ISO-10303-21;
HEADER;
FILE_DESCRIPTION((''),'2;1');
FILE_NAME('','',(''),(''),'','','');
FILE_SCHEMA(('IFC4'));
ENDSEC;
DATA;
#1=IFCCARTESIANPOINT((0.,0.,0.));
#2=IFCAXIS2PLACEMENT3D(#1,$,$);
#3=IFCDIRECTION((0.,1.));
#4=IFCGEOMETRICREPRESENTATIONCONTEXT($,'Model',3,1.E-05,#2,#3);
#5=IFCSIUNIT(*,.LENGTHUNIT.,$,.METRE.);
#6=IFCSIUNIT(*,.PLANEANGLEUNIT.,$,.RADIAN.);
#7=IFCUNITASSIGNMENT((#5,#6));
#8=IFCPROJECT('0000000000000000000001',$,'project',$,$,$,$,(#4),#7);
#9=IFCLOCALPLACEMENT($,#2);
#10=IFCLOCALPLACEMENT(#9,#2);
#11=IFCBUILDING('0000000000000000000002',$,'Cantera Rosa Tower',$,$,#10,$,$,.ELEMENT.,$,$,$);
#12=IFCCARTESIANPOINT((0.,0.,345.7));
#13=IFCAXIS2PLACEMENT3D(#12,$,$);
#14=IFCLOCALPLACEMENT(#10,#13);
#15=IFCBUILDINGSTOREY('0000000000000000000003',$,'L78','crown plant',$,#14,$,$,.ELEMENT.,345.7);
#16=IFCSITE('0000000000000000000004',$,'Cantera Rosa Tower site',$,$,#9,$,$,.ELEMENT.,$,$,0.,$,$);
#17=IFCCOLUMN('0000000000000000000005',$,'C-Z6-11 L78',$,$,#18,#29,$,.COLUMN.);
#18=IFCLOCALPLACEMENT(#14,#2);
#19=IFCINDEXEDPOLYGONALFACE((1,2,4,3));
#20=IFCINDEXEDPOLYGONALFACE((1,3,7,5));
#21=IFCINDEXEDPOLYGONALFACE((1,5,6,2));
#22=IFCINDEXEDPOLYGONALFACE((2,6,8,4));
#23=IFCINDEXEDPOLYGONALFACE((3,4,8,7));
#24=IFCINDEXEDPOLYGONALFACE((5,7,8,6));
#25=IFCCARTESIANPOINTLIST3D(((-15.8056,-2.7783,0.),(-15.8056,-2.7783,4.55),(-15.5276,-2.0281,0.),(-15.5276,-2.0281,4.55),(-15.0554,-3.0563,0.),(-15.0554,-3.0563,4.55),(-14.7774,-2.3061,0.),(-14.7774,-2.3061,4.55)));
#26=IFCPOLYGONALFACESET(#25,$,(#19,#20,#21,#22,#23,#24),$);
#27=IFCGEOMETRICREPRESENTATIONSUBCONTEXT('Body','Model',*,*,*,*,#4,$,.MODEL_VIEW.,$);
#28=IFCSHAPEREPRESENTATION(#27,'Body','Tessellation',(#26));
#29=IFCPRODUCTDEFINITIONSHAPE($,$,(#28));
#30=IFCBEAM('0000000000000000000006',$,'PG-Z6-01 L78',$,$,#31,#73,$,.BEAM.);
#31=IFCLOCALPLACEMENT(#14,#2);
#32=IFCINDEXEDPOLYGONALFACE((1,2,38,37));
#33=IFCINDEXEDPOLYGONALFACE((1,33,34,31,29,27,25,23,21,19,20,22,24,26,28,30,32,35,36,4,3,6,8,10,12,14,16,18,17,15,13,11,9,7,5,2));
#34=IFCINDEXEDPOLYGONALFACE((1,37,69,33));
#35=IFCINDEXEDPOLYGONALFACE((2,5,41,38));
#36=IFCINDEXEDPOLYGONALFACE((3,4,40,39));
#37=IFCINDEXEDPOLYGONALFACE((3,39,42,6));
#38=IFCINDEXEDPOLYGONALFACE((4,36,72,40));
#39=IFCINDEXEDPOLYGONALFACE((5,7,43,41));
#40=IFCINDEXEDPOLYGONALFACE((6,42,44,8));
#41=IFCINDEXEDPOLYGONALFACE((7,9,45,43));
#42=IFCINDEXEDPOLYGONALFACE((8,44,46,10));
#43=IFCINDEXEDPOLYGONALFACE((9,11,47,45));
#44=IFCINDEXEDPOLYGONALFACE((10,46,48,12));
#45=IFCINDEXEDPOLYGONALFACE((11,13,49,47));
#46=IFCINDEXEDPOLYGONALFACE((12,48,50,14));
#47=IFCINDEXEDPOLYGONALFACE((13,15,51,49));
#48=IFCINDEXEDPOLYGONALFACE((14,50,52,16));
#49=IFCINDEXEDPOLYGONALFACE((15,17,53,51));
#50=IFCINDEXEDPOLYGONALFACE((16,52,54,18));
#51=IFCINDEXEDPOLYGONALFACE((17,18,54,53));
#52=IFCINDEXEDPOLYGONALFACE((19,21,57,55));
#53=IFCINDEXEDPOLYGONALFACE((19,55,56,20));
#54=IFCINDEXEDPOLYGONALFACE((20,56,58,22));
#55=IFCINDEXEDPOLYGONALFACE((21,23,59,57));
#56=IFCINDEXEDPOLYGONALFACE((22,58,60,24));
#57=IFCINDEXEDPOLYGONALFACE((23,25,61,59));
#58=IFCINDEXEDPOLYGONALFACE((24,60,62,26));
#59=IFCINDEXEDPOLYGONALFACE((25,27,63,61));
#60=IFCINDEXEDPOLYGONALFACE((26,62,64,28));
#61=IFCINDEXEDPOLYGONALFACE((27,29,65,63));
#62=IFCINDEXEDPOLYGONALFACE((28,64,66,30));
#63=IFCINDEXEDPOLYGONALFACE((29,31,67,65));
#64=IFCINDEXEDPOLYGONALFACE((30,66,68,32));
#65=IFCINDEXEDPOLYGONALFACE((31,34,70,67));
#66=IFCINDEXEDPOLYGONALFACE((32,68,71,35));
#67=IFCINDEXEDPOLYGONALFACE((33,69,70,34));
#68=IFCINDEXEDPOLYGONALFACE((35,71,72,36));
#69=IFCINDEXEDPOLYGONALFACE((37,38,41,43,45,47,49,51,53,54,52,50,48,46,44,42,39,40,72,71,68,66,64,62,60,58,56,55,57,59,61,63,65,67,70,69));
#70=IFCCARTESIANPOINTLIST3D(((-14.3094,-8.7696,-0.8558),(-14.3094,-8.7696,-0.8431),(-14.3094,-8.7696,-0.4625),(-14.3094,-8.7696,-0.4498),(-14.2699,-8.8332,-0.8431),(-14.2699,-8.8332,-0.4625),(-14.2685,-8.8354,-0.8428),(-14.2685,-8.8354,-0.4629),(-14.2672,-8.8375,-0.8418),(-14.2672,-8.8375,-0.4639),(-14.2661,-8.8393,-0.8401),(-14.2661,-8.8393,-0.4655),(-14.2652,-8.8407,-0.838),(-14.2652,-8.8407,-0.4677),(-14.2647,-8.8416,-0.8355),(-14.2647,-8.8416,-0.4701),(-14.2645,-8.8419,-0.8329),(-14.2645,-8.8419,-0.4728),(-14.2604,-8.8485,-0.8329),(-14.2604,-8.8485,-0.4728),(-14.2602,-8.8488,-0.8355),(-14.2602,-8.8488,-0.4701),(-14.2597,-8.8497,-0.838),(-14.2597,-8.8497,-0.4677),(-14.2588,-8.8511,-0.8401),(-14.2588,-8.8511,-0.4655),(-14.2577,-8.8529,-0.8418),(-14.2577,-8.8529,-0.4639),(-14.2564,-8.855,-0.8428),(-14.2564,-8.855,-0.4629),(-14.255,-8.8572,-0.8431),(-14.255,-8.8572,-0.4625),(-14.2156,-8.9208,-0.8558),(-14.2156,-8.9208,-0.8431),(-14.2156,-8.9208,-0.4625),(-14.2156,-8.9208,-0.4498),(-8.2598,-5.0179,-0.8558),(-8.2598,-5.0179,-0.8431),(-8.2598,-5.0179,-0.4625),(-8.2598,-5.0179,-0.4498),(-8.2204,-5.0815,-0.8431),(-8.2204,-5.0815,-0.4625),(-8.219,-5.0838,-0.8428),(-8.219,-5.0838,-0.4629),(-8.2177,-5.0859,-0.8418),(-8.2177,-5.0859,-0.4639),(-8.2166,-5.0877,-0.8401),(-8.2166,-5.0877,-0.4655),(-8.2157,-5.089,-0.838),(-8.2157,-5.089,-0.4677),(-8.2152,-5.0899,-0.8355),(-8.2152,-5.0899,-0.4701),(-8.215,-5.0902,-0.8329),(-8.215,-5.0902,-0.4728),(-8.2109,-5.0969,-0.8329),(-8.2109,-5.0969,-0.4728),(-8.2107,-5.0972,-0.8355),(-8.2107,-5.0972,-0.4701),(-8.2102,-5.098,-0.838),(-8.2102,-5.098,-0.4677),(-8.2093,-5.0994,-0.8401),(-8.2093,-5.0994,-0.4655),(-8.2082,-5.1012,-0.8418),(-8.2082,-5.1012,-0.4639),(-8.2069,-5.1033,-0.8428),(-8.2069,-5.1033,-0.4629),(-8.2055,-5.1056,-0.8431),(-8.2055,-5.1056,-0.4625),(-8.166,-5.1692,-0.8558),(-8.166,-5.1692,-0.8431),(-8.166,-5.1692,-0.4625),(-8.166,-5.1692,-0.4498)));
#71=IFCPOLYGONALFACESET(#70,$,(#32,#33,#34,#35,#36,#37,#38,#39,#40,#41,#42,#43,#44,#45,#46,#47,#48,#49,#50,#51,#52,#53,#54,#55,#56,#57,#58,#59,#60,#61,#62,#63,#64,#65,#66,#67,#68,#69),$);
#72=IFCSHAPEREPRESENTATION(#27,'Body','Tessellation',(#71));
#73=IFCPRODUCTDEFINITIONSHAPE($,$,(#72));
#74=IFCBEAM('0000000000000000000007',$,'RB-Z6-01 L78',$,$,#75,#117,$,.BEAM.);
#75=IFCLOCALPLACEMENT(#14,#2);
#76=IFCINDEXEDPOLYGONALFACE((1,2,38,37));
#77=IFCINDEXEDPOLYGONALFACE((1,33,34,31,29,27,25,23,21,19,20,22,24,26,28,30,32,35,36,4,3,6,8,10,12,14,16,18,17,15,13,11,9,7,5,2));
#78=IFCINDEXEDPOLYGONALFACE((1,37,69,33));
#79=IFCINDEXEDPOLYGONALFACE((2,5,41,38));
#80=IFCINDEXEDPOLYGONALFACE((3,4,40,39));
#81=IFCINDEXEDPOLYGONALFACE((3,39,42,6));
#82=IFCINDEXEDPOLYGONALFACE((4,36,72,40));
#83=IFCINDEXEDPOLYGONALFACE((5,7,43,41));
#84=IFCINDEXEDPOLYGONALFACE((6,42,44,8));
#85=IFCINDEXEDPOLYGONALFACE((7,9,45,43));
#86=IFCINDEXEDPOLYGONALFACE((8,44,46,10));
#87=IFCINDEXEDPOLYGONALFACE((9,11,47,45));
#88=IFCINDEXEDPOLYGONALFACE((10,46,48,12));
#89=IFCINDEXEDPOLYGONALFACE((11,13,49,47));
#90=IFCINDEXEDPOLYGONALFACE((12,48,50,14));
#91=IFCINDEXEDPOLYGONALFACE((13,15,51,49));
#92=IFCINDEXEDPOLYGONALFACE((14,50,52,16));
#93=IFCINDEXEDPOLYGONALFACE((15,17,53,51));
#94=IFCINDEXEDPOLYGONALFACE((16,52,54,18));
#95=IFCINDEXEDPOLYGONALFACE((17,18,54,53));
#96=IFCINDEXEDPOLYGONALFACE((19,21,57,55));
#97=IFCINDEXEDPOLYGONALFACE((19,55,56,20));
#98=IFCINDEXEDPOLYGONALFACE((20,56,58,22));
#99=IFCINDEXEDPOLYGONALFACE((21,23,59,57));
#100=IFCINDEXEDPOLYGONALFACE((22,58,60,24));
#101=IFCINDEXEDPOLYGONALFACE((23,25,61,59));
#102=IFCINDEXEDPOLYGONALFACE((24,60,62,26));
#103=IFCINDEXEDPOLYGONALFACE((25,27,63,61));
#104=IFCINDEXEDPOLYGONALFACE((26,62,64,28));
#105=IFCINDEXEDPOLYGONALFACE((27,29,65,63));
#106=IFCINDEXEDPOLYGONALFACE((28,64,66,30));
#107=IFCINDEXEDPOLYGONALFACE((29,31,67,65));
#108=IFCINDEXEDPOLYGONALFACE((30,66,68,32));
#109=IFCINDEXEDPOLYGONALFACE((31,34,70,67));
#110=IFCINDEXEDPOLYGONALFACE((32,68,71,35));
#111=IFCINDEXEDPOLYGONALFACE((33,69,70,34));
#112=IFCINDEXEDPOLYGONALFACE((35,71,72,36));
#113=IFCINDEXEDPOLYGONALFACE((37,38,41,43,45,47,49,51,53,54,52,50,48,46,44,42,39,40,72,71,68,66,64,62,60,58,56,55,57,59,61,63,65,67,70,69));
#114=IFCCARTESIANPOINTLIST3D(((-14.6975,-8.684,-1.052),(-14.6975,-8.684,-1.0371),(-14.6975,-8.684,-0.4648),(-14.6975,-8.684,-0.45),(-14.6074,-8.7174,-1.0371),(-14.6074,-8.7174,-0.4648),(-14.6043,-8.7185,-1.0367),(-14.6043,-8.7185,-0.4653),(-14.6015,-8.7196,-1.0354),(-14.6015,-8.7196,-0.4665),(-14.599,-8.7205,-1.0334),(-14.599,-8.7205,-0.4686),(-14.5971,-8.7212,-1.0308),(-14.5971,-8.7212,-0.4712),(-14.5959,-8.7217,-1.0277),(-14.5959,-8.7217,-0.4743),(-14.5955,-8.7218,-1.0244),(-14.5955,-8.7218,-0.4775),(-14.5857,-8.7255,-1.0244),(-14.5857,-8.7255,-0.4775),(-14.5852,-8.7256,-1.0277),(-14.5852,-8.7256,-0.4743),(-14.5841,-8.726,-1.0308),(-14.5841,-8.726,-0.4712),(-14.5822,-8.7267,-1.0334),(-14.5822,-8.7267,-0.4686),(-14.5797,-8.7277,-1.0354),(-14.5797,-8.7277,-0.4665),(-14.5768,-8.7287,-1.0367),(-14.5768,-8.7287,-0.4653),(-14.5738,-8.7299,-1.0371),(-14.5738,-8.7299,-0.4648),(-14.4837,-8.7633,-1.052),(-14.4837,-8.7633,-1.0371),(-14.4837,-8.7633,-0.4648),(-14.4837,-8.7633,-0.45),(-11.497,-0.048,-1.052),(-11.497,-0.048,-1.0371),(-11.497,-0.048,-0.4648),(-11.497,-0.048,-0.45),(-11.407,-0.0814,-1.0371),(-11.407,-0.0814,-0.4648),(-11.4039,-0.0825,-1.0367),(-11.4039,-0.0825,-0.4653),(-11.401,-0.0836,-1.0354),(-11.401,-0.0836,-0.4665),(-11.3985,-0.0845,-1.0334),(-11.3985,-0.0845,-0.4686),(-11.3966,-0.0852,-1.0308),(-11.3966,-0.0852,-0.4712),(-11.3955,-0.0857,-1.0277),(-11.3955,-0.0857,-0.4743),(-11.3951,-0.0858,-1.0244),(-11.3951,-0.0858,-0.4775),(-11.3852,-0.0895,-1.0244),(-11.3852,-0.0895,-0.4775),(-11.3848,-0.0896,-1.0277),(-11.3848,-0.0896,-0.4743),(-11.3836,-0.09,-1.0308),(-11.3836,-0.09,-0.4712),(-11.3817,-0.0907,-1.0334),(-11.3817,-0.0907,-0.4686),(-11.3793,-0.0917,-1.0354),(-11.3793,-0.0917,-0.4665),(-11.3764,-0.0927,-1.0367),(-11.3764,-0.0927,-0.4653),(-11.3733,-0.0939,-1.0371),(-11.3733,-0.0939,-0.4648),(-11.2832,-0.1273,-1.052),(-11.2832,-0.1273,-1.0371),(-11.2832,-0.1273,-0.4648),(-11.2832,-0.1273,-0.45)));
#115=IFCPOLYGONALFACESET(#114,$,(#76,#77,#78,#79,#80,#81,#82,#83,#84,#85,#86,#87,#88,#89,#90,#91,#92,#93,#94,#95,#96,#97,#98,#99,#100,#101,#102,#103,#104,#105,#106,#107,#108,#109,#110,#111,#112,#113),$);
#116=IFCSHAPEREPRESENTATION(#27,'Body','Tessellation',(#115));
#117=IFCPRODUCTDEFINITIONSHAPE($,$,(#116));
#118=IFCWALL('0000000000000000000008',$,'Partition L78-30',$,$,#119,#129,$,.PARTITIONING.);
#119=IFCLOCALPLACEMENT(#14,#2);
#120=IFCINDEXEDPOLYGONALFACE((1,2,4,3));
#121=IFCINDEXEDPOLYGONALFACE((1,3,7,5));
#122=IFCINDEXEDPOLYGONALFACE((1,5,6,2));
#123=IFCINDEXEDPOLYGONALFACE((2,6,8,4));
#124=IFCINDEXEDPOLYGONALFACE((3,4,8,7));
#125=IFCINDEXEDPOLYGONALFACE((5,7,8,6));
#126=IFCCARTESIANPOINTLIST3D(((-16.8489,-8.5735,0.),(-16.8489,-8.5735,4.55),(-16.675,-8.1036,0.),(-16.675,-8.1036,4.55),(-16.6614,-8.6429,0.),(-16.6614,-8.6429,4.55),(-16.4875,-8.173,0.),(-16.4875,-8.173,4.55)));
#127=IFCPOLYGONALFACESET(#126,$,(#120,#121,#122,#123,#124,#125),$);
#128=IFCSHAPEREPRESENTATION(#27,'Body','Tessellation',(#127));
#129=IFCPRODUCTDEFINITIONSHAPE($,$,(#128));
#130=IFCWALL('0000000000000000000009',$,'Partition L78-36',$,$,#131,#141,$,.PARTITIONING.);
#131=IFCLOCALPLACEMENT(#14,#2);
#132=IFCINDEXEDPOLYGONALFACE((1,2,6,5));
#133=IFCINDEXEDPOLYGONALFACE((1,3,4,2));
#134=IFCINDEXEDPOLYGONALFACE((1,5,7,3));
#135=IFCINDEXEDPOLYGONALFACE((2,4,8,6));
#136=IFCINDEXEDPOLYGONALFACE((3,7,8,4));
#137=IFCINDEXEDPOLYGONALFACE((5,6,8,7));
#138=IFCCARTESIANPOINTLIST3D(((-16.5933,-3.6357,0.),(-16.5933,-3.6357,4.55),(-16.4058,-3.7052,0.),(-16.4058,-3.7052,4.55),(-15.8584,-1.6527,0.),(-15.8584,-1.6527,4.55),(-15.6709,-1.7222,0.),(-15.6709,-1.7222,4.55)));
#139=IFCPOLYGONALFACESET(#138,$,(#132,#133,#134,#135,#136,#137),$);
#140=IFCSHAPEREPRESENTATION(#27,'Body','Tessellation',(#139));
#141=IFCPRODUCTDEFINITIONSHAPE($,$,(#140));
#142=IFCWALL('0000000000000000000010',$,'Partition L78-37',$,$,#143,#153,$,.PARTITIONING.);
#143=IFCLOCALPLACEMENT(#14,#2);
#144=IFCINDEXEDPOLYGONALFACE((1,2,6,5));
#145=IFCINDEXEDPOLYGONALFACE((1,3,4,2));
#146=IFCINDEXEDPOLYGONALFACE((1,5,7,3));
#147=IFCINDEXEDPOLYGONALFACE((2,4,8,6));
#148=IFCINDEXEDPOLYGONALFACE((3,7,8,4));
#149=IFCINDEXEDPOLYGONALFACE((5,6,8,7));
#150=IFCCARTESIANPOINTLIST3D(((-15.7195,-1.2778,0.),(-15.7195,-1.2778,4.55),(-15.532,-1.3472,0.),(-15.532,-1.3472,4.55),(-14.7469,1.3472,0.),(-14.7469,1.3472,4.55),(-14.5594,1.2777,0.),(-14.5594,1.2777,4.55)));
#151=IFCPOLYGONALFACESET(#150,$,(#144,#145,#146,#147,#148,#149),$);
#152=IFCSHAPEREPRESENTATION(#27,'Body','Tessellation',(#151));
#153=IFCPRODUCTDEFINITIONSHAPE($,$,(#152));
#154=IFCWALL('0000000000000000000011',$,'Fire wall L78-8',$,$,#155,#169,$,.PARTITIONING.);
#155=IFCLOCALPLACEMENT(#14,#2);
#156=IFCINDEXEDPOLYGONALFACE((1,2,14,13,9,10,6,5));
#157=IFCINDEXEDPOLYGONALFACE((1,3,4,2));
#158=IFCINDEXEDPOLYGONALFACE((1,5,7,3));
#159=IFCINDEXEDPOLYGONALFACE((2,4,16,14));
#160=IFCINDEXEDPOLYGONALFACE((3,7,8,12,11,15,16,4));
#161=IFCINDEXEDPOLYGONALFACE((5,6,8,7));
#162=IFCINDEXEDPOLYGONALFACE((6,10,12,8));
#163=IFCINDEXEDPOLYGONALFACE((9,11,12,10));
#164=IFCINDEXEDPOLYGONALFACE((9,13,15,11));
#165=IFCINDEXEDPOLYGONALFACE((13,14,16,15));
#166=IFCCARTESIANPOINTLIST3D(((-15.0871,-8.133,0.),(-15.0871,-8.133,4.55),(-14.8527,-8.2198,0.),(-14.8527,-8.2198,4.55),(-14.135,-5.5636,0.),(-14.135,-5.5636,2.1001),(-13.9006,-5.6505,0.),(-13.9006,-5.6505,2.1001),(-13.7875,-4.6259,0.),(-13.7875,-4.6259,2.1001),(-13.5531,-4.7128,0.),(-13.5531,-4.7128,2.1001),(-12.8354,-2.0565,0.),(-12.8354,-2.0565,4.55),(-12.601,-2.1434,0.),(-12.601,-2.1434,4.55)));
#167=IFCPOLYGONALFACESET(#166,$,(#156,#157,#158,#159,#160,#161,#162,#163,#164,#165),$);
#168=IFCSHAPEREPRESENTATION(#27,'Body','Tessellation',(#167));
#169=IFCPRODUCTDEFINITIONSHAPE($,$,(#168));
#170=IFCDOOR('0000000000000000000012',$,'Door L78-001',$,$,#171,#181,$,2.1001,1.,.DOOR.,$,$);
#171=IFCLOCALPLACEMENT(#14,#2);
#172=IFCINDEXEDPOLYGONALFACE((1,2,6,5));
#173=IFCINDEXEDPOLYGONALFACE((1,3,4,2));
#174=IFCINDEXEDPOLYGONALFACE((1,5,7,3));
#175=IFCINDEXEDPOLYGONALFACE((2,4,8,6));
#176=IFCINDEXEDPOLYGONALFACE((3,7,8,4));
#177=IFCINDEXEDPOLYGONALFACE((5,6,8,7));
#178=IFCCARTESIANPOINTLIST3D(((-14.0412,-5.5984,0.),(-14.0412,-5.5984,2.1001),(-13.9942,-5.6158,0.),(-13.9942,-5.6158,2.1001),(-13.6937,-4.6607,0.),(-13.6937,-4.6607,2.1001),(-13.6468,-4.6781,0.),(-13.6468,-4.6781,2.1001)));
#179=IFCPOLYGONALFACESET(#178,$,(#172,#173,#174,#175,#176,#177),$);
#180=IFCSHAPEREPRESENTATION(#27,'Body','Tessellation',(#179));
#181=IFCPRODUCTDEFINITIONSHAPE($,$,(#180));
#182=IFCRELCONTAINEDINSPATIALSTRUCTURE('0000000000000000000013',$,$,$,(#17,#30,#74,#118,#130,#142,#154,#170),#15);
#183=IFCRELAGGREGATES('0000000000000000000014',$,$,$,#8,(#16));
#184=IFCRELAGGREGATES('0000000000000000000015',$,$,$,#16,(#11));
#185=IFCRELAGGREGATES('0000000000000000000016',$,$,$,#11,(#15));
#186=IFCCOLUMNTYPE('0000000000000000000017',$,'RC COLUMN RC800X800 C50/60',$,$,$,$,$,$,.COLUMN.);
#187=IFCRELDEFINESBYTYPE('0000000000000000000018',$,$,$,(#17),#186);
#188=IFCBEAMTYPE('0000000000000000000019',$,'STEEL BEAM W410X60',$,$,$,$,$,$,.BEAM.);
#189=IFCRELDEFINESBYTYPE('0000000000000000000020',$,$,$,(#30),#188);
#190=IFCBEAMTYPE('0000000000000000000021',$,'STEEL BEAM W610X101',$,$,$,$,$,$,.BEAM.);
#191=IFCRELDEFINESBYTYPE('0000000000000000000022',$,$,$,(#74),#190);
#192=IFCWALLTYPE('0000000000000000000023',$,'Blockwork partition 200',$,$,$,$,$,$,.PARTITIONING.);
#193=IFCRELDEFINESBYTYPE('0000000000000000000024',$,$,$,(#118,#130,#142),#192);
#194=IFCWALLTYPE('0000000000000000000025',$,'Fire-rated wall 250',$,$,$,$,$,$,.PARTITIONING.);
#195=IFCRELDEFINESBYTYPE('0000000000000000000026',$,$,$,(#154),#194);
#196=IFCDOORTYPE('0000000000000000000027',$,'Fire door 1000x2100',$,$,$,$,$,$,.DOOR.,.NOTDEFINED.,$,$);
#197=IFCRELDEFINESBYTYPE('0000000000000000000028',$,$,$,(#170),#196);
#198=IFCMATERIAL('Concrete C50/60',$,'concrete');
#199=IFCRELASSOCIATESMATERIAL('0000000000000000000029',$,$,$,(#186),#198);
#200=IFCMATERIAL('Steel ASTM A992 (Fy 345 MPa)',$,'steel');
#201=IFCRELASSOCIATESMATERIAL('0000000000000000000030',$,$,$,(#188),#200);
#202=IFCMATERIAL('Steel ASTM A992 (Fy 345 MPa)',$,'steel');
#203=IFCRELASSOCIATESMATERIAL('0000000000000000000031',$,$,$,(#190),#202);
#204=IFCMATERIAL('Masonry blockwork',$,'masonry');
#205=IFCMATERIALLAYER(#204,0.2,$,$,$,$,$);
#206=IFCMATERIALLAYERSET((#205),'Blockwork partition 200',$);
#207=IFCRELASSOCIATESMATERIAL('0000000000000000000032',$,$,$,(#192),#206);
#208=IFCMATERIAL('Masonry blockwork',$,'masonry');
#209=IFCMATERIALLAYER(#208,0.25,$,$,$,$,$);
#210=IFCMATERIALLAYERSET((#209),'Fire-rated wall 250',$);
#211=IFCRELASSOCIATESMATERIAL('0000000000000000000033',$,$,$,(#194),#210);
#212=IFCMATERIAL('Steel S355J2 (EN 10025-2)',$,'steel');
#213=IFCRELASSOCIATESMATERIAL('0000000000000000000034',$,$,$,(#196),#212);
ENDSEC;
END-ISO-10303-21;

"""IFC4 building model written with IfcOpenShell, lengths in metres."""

from ifc_helpers import new_model, si_unit, direction, frame, frame_2d, origin, origin_2d, place, context, subcontext, project, spatial, rectangle, i_section, extrude, material, layer, layer_set, material_profile, profile_set, type_object, element, fill, save


model = new_model("IFC4")

# Units and contexts
model_context = context("Model", 3, precision=1e-05, world=origin(), true_north=direction((0.0, 1.0)))
body_context = subcontext(model_context, "Body", "Model", "MODEL_VIEW")
ifc_project = project(units=[si_unit("LENGTHUNIT", "METRE"), si_unit("PLANEANGLEUNIT", "RADIAN")], contexts=[model_context])

# Site, building, storey
site_placement = place(None, origin())
site = spatial("IfcSite", under=ifc_project, at=site_placement, Name="Cantera Rosa Tower site", CompositionType="ELEMENT", RefElevation=0.0)
building_placement = place(site_placement, origin())
building = spatial("IfcBuilding", under=site, at=building_placement, Name="Cantera Rosa Tower", CompositionType="ELEMENT")
storey_placement = place(building_placement, frame((0.0, 0.0, 345.7)))
storey = spatial("IfcBuildingStorey", under=building, at=storey_placement, Name="L78", Description="crown plant", CompositionType="ELEMENT", Elevation=345.7)

# Column
ifc_material_1 = material(Name="Concrete C50/60", Category="concrete")
ifc_material_profile_1 = material_profile(ifc_material_1, rectangle(XDim=0.8, YDim=0.8, at=origin_2d()), Name="RC COLUMN RC800X800 C50/60")
ifc_profile_set_1 = profile_set([ifc_material_profile_1], Name="Concrete C50/60")
column_type = type_object("IfcColumnType", Name="RC COLUMN RC800X800 C50/60", PredefinedType="COLUMN", material=ifc_profile_set_1)
column_placement = place(storey_placement, frame((-15.2915, -2.5422, 0.0), z_axis=(0.0, 0.0, 1.0), x_axis=(0.347481, 0.937687, 0.0)))
element("IfcColumn", 1, at=column_placement, inside=storey, type_object=column_type, Name="C-Z6-11 L78", PredefinedType="COLUMN", context=body_context, shape_type="SweptSolid", body=[
    extrude(rectangle(XDim=0.8, YDim=0.8, at=origin_2d()), origin(), (0.0, 0.0, 1.0), 4.55),
])

# Beams
ifc_material_2 = material(Name="Steel ASTM A992 (Fy 345 MPa)", Category="steel")
ifc_material_profile_2 = material_profile(ifc_material_2, i_section(OverallWidth=0.178, OverallDepth=0.406, WebThickness=0.0078, FlangeThickness=0.0127, FilletRadius=0.0103, at=origin_2d()), Name="W410X60")
ifc_profile_set_2 = profile_set([ifc_material_profile_2], Name="Steel ASTM A992 (Fy 345 MPa)")
beam_type_1 = type_object("IfcBeamType", Name="STEEL BEAM W410X60", PredefinedType="BEAM", material=ifc_profile_set_2)
beam_1_placement = place(storey_placement, frame((-14.2625, -8.8452, -0.6528), z_axis=(0.849841, 0.527039, 0.0), x_axis=(-0.527039, 0.849841, 0.0)))
element("IfcBeam", 2, at=beam_1_placement, inside=storey, type_object=beam_type_1, Name="PG-Z6-01 L78", PredefinedType="BEAM", context=body_context, shape_type="SweptSolid", body=[
    extrude(i_section(OverallWidth=0.178, OverallDepth=0.406, WebThickness=0.0078, FlangeThickness=0.0127, FilletRadius=0.0103, at=origin_2d()), origin(), (0.0, 0.0, 1.0), 7.1184),
])
ifc_material_3 = material(Name="Steel ASTM A992 (Fy 345 MPa)", Category="steel")
ifc_material_profile_3 = material_profile(ifc_material_3, i_section(OverallWidth=0.228, OverallDepth=0.6021, WebThickness=0.0105, FlangeThickness=0.0149, FilletRadius=0.0127, at=origin_2d()), Name="W610X101")
ifc_profile_set_3 = profile_set([ifc_material_profile_3], Name="Steel ASTM A992 (Fy 345 MPa)")
beam_type_2 = type_object("IfcBeamType", Name="STEEL BEAM W610X101", PredefinedType="BEAM", material=ifc_profile_set_3)
beam_2_placement = place(storey_placement, frame((-14.5906, -8.7236, -0.751), z_axis=(0.347498, 0.937681, 0.0), x_axis=(-0.937681, 0.347498, 0.0)))
element("IfcBeam", 3, at=beam_2_placement, inside=storey, type_object=beam_type_2, Name="RB-Z6-01 L78", PredefinedType="BEAM", context=body_context, shape_type="SweptSolid", body=[
    extrude(i_section(OverallWidth=0.228, OverallDepth=0.6021, WebThickness=0.0105, FlangeThickness=0.0149, FilletRadius=0.0127, at=origin_2d()), origin(), (0.0, 0.0, 1.0), 9.21),
])

# Walls
ifc_material_4 = material(Name="Masonry blockwork", Category="masonry")
ifc_layer_1 = layer(ifc_material_4, 0.2)
ifc_layer_set_1 = layer_set([ifc_layer_1], Name="Blockwork partition 200")
wall_type_1 = type_object("IfcWallType", Name="Blockwork partition 200", PredefinedType="PARTITIONING", material=ifc_layer_set_1)
wall_1_placement = place(storey_placement, frame((-16.7551, -8.6082, 0.0), z_axis=(0.0, 0.0, 1.0), x_axis=(0.34706, 0.937843, 0.0)))
element("IfcWall", 4, at=wall_1_placement, inside=storey, type_object=wall_type_1, Name="Partition L78-30", PredefinedType="PARTITIONING", context=body_context, shape_type="SweptSolid", body=[
    extrude(rectangle(XDim=0.501, YDim=0.2, at=frame_2d((0.2505, 0.0))), origin(), (0.0, 0.0, 1.0), 4.55),
])
wall_2_placement = place(storey_placement, frame((-16.4995, -3.6704, 0.0), z_axis=(0.0, 0.0, 1.0), x_axis=(0.347502, 0.937679, 0.0)))
element("IfcWall", 5, at=wall_2_placement, inside=storey, type_object=wall_type_1, Name="Partition L78-36", PredefinedType="PARTITIONING", context=body_context, shape_type="SweptSolid", body=[
    extrude(rectangle(XDim=2.1147, YDim=0.2, at=frame_2d((1.0574, 0.0))), origin(), (0.0, 0.0, 1.0), 4.55),
])
wall_3_placement = place(storey_placement, frame((-15.6257, -1.3125, 0.0), z_axis=(0.0, 0.0, 1.0), x_axis=(0.347451, 0.937698, 0.0)))
element("IfcWall", 6, at=wall_3_placement, inside=storey, type_object=wall_type_1, Name="Partition L78-37", PredefinedType="PARTITIONING", context=body_context, shape_type="SweptSolid", body=[
    extrude(rectangle(XDim=2.7993, YDim=0.2, at=frame_2d((1.3997, 0.0))), origin(), (0.0, 0.0, 1.0), 4.55),
])

# Wall, opening, door
ifc_material_5 = material(Name="Masonry blockwork", Category="masonry")
ifc_layer_2 = layer(ifc_material_5, 0.25)
ifc_layer_set_2 = layer_set([ifc_layer_2], Name="Fire-rated wall 250")
wall_type_2 = type_object("IfcWallType", Name="Fire-rated wall 250", PredefinedType="PARTITIONING", material=ifc_layer_set_2)
wall_4_placement = place(storey_placement, frame((-14.97, -8.1765, 0.0), z_axis=(0.0, 0.0, 1.0), x_axis=(0.347475, 0.937689, 0.0)))
wall_4 = element("IfcWall", 7, at=wall_4_placement, inside=storey, type_object=wall_type_2, Name="Fire wall L78-8", PredefinedType="PARTITIONING", context=body_context, shape_type="SweptSolid", body=[
    extrude(rectangle(XDim=6.4802, YDim=0.25, at=frame_2d((3.2402, 0.0))), origin(), (0.0, 0.0, 1.0), 4.55),
])
opening_1_placement = place(wall_4_placement, frame((2.7402, 0.0, 0.0)))
opening_1 = element("IfcOpeningElement", 8, at=opening_1_placement, cuts=wall_4, PredefinedType="OPENING", context=body_context, shape_type="SweptSolid", body=[
    extrude(rectangle(XDim=1.0, YDim=2.1001, at=frame_2d((0.5, 1.05))), frame((0.0, 0.135, 0.0), z_axis=(0.0, -1.0, 0.0), x_axis=(1.0, 0.0, 0.0)), (0.0, 0.0, 1.0), 0.27),
])
ifc_material_6 = material(Name="Steel S355J2 (EN 10025-2)", Category="steel")
door_type_1 = type_object("IfcDoorType", Name="Fire door 1000x2100", OperationType="NOTDEFINED", PredefinedType="DOOR", material=ifc_material_6)
door_1_placement = place(opening_1_placement, origin())
door_1 = element("IfcDoor", 9, at=door_1_placement, inside=storey, type_object=door_type_1, Name="Door L78-001", OverallHeight=2.1001, OverallWidth=1.0, PredefinedType="DOOR", context=body_context, shape_type="SweptSolid", body=[
    extrude(rectangle(XDim=1.0, YDim=2.1001, at=frame_2d((0.5, 1.05))), frame((0.0, 0.0249, 0.0), z_axis=(0.0, -1.0, 0.0), x_axis=(1.0, 0.0, 0.0)), (0.0, 0.0, 1.0), 0.05),
])
fill(opening_1, door_1)

save(model, "model.ifc")
